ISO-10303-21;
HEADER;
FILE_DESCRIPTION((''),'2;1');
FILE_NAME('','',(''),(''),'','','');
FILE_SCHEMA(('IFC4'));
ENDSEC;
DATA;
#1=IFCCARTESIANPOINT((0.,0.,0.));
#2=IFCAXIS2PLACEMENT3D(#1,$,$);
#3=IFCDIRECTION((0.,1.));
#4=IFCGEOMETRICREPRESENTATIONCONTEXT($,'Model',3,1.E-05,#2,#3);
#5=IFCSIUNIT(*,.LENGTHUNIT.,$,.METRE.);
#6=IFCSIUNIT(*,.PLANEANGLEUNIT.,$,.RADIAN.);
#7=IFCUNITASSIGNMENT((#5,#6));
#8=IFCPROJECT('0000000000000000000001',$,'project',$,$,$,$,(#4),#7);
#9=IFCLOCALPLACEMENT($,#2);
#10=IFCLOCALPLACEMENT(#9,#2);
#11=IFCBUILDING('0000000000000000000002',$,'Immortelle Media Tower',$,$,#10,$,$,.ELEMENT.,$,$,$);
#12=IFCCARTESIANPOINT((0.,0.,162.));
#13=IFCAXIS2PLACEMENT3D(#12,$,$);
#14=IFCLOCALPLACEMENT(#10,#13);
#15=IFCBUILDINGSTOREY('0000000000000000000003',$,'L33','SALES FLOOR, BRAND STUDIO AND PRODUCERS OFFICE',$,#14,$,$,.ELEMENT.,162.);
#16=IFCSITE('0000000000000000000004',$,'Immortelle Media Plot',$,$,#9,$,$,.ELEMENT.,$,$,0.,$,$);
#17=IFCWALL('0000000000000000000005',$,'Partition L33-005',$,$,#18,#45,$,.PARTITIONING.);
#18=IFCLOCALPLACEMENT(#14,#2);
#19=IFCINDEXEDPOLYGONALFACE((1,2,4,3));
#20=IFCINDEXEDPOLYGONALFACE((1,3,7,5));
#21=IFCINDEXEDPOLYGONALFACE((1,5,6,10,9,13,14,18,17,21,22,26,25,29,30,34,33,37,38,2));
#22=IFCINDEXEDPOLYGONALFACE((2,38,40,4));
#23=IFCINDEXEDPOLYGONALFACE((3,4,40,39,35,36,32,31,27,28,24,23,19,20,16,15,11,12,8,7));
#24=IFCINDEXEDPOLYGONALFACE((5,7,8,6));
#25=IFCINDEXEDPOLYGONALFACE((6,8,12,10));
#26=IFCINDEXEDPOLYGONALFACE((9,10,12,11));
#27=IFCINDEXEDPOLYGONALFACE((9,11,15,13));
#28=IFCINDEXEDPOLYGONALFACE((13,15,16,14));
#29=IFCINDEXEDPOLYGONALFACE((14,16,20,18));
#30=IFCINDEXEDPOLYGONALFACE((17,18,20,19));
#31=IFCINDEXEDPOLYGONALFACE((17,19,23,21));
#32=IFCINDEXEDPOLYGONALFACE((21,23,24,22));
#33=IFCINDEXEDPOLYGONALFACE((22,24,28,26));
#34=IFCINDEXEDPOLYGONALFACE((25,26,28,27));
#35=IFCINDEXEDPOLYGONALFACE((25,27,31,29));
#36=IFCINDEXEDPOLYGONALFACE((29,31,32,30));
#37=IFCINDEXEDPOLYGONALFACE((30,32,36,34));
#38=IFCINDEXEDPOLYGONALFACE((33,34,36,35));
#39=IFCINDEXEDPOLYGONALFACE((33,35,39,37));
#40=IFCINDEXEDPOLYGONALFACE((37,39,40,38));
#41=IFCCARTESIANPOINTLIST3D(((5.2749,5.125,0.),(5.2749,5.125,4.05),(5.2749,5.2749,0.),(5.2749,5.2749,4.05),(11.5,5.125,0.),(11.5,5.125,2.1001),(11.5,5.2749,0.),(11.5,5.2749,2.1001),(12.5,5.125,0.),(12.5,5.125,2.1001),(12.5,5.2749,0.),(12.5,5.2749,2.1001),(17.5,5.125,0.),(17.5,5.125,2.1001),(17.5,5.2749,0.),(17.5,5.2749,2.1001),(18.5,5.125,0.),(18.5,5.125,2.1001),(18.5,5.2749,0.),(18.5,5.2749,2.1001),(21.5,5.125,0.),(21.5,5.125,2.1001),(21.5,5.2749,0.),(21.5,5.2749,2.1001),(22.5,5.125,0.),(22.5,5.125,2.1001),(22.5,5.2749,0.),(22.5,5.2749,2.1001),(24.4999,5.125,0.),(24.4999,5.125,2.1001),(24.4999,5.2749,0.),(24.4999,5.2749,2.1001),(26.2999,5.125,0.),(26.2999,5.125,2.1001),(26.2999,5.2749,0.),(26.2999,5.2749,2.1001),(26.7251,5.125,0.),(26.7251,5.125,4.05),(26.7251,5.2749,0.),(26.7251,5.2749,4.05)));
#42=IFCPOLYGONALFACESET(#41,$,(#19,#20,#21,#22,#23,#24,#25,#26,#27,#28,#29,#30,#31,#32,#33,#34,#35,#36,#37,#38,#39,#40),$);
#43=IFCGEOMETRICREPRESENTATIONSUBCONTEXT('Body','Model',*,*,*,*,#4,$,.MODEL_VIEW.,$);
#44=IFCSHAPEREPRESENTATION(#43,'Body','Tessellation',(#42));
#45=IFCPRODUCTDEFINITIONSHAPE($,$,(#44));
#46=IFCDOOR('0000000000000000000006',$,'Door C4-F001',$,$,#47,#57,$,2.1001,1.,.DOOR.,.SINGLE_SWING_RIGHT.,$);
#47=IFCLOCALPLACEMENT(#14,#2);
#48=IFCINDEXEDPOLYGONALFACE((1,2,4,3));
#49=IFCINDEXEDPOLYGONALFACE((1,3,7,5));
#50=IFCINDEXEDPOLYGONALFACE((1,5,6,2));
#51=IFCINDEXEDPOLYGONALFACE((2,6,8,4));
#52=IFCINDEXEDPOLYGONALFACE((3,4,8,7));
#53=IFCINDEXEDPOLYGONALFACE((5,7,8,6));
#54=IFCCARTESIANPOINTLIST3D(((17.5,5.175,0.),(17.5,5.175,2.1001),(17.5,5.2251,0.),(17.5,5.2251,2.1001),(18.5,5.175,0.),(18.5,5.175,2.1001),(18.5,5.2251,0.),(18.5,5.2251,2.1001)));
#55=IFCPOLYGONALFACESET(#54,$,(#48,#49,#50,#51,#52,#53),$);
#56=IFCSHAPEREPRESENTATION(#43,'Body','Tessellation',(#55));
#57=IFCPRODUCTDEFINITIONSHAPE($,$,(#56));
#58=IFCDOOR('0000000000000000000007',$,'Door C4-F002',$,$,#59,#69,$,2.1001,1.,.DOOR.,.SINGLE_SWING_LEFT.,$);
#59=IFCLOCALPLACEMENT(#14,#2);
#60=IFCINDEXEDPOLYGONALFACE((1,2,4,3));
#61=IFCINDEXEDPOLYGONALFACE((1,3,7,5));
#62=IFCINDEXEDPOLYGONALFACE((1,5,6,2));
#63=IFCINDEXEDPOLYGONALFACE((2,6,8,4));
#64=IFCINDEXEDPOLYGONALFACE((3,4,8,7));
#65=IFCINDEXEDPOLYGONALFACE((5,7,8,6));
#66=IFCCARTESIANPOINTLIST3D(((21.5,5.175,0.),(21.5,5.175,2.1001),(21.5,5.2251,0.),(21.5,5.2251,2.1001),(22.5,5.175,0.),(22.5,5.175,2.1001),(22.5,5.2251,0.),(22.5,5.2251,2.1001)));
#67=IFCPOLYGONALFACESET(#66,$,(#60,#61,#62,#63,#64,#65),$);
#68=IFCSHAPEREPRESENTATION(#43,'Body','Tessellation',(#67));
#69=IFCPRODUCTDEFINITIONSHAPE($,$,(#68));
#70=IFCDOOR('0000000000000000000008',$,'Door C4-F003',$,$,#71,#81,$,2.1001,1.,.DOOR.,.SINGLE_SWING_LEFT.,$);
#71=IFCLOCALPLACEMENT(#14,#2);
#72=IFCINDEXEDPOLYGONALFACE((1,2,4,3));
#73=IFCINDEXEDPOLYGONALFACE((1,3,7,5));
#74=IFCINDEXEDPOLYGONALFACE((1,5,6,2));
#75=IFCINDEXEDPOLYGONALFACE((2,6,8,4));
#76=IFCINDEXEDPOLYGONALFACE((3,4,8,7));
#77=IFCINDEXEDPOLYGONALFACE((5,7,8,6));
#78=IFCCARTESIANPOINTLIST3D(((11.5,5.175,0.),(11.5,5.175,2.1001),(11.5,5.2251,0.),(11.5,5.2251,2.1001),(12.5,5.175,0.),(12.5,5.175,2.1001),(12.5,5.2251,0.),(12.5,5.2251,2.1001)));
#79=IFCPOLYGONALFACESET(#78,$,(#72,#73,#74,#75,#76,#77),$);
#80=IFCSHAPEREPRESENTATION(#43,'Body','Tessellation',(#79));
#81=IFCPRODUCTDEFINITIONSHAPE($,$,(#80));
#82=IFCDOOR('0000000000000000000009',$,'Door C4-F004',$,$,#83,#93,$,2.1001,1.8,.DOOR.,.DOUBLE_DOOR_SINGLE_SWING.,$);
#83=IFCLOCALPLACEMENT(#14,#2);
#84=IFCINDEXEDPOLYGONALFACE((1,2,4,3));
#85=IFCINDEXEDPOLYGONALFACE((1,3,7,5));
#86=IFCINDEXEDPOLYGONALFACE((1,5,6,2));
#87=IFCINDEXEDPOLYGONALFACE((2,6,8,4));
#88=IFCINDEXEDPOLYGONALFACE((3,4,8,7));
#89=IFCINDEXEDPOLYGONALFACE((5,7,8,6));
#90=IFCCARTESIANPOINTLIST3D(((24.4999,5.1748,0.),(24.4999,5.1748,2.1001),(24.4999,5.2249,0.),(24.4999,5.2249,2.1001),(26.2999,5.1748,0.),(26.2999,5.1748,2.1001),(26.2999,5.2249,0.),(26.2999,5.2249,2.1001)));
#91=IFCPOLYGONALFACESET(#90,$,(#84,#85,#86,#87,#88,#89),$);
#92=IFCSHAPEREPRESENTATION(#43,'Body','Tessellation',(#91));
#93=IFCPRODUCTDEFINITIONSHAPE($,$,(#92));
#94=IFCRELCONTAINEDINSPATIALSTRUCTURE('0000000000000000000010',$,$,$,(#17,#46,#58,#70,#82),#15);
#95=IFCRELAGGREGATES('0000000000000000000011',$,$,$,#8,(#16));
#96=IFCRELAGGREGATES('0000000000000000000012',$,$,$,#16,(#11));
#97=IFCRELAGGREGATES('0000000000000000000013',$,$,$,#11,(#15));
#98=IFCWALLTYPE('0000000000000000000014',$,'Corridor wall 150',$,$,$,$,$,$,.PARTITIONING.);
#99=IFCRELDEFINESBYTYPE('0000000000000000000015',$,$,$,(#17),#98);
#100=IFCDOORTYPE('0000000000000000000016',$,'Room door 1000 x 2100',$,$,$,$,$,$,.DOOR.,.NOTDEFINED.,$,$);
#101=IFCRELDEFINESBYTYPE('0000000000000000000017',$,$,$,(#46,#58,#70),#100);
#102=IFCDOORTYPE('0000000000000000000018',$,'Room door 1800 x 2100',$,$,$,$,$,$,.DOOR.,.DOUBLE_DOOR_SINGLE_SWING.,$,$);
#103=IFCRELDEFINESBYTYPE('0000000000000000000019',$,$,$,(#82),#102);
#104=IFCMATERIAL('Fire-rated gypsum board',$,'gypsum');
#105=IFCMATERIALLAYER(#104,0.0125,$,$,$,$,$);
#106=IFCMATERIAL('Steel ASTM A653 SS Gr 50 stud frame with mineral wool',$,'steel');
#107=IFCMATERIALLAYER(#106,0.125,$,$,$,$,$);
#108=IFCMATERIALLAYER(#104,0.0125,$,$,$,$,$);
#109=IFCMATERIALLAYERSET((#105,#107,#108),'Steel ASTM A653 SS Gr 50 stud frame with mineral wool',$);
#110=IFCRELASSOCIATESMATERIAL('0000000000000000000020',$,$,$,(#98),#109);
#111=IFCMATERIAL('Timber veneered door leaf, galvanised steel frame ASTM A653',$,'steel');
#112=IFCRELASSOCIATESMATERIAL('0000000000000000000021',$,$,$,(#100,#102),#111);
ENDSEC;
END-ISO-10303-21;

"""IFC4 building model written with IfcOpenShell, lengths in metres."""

from ifc_helpers import new_model, si_unit, direction, frame, frame_2d, origin, place, context, subcontext, project, spatial, rectangle, extrude, material, layer, layer_set, type_object, element, fill, save


model = new_model("IFC4")

# Units and contexts
model_context = context("Model", 3, precision=1e-05, world=origin(), true_north=direction((0.0, 1.0)))
body_context = subcontext(model_context, "Body", "Model", "MODEL_VIEW")
ifc_project = project(units=[si_unit("LENGTHUNIT", "METRE"), si_unit("PLANEANGLEUNIT", "RADIAN")], contexts=[model_context])

# Site, building, storey
site_placement = place(None, origin())
site = spatial("IfcSite", under=ifc_project, at=site_placement, Name="Immortelle Media Plot", CompositionType="ELEMENT", RefElevation=0.0)
building_placement = place(site_placement, origin())
building = spatial("IfcBuilding", under=site, at=building_placement, Name="Immortelle Media Tower", CompositionType="ELEMENT")
storey_placement = place(building_placement, frame((0.0, 0.0, 162.0)))
storey = spatial("IfcBuildingStorey", under=building, at=storey_placement, Name="L33", Description="SALES FLOOR, BRAND STUDIO AND PRODUCERS OFFICE", CompositionType="ELEMENT", Elevation=162.0)

# Wall, openings, doors
ifc_material_1 = material(Name="Fire-rated gypsum board", Category="gypsum")
ifc_layer_1 = layer(ifc_material_1, 0.0125)
ifc_material_2 = material(Name="Steel ASTM A653 SS Gr 50 stud frame with mineral wool", Category="steel")
ifc_layer_2 = layer(ifc_material_2, 0.125)
ifc_layer_3 = layer(ifc_material_1, 0.0125)
ifc_layer_set_1 = layer_set([ifc_layer_1, ifc_layer_2, ifc_layer_3], Name="Steel ASTM A653 SS Gr 50 stud frame with mineral wool")
wall_type_1 = type_object("IfcWallType", Name="Corridor wall 150", PredefinedType="PARTITIONING", material=ifc_layer_set_1)
wall_1_placement = place(storey_placement, frame((5.2749, 5.2, 0.0), z_axis=(0.0, 0.0, 1.0), x_axis=(1.0, 0.0, 0.0)))
wall_1 = element("IfcWall", 1, at=wall_1_placement, inside=storey, type_object=wall_type_1, Name="Partition L33-005", PredefinedType="PARTITIONING", context=body_context, shape_type="SweptSolid", body=[
    extrude(rectangle(XDim=21.4502, YDim=0.1499, at=frame_2d((10.7251, 0.0))), origin(), (0.0, 0.0, 1.0), 4.05),
])
opening_1_placement = place(wall_1_placement, frame((13.2251, 0.0, 0.0), z_axis=(0.0, 0.0, 1.0), x_axis=(-1.0, 0.0, 0.0)))
opening_1 = element("IfcOpeningElement", 2, at=opening_1_placement, cuts=wall_1, PredefinedType="OPENING", context=body_context, shape_type="SweptSolid", body=[
    extrude(rectangle(XDim=1.0, YDim=2.1001, at=frame_2d((0.5, 1.05))), frame((0.0, 0.085, 0.0), z_axis=(0.0, -1.0, 0.0), x_axis=(1.0, 0.0, 0.0)), (0.0, 0.0, 1.0), 0.1699),
])
opening_2_placement = place(wall_1_placement, frame((17.2251, 0.0, 0.0), z_axis=(0.0, 0.0, 1.0), x_axis=(-1.0, 0.0, 0.0)))
opening_2 = element("IfcOpeningElement", 3, at=opening_2_placement, cuts=wall_1, PredefinedType="OPENING", context=body_context, shape_type="SweptSolid", body=[
    extrude(rectangle(XDim=1.0, YDim=2.1001, at=frame_2d((0.5, 1.05))), frame((0.0, 0.085, 0.0), z_axis=(0.0, -1.0, 0.0), x_axis=(1.0, 0.0, 0.0)), (0.0, 0.0, 1.0), 0.1699),
])
opening_3_placement = place(wall_1_placement, frame((7.2251, 0.0, 0.0), z_axis=(0.0, 0.0, 1.0), x_axis=(-1.0, 0.0, 0.0)))
opening_3 = element("IfcOpeningElement", 4, at=opening_3_placement, cuts=wall_1, PredefinedType="OPENING", context=body_context, shape_type="SweptSolid", body=[
    extrude(rectangle(XDim=1.0, YDim=2.1001, at=frame_2d((0.5, 1.05))), frame((0.0, 0.085, 0.0), z_axis=(0.0, -1.0, 0.0), x_axis=(1.0, 0.0, 0.0)), (0.0, 0.0, 1.0), 0.1699),
])
opening_4_placement = place(wall_1_placement, frame((19.2251, 0.0, 0.0)))
opening_4 = element("IfcOpeningElement", 5, at=opening_4_placement, cuts=wall_1, PredefinedType="OPENING", context=body_context, shape_type="SweptSolid", body=[
    extrude(rectangle(XDim=1.8, YDim=2.1001, at=frame_2d((0.8999, 1.05))), frame((0.0, 0.085, 0.0), z_axis=(0.0, -1.0, 0.0), x_axis=(1.0, 0.0, 0.0)), (0.0, 0.0, 1.0), 0.1699),
])
ifc_material_3 = material(Name="Timber veneered door leaf, galvanised steel frame ASTM A653", Category="steel")
door_type_1 = type_object("IfcDoorType", Name="Room door 1000 x 2100", OperationType="NOTDEFINED", PredefinedType="DOOR", material=ifc_material_3)
door_1_placement = place(opening_1_placement, origin())
door_1 = element("IfcDoor", 6, at=door_1_placement, inside=storey, type_object=door_type_1, Name="Door C4-F001", OperationType="SINGLE_SWING_RIGHT", OverallHeight=2.1001, OverallWidth=1.0, PredefinedType="DOOR", context=body_context, shape_type="SweptSolid", body=[
    extrude(rectangle(XDim=1.0, YDim=2.1001, at=frame_2d((0.5, 1.05))), frame((0.0, 0.0249, 0.0), z_axis=(0.0, -1.0, 0.0), x_axis=(1.0, 0.0, 0.0)), (0.0, 0.0, 1.0), 0.05),
])
fill(opening_1, door_1)
door_2_placement = place(opening_2_placement, origin())
door_2 = element("IfcDoor", 7, at=door_2_placement, inside=storey, type_object=door_type_1, Name="Door C4-F002", OperationType="SINGLE_SWING_LEFT", OverallHeight=2.1001, OverallWidth=1.0, PredefinedType="DOOR", context=body_context, shape_type="SweptSolid", body=[
    extrude(rectangle(XDim=1.0, YDim=2.1001, at=frame_2d((0.5, 1.05))), frame((0.0, 0.0249, 0.0), z_axis=(0.0, -1.0, 0.0), x_axis=(1.0, 0.0, 0.0)), (0.0, 0.0, 1.0), 0.05),
])
fill(opening_2, door_2)
door_3_placement = place(opening_3_placement, origin())
door_3 = element("IfcDoor", 8, at=door_3_placement, inside=storey, type_object=door_type_1, Name="Door C4-F003", OperationType="SINGLE_SWING_LEFT", OverallHeight=2.1001, OverallWidth=1.0, PredefinedType="DOOR", context=body_context, shape_type="SweptSolid", body=[
    extrude(rectangle(XDim=1.0, YDim=2.1001, at=frame_2d((0.5, 1.05))), frame((0.0, 0.0249, 0.0), z_axis=(0.0, -1.0, 0.0), x_axis=(1.0, 0.0, 0.0)), (0.0, 0.0, 1.0), 0.05),
])
fill(opening_3, door_3)
door_type_2 = type_object("IfcDoorType", Name="Room door 1800 x 2100", OperationType="DOUBLE_DOOR_SINGLE_SWING", PredefinedType="DOOR", material=ifc_material_3)
door_4_placement = place(opening_4_placement, origin())
door_4 = element("IfcDoor", 9, at=door_4_placement, inside=storey, type_object=door_type_2, Name="Door C4-F004", OperationType="DOUBLE_DOOR_SINGLE_SWING", OverallHeight=2.1001, OverallWidth=1.8, PredefinedType="DOOR", context=body_context, shape_type="SweptSolid", body=[
    extrude(rectangle(XDim=1.8, YDim=2.1001, at=frame_2d((0.8999, 1.05))), frame((0.0, 0.0249, 0.0), z_axis=(0.0, -1.0, 0.0), x_axis=(1.0, 0.0, 0.0)), (0.0, 0.0, 1.0), 0.05),
])
fill(opening_4, door_4)

save(model, "model.ifc")
